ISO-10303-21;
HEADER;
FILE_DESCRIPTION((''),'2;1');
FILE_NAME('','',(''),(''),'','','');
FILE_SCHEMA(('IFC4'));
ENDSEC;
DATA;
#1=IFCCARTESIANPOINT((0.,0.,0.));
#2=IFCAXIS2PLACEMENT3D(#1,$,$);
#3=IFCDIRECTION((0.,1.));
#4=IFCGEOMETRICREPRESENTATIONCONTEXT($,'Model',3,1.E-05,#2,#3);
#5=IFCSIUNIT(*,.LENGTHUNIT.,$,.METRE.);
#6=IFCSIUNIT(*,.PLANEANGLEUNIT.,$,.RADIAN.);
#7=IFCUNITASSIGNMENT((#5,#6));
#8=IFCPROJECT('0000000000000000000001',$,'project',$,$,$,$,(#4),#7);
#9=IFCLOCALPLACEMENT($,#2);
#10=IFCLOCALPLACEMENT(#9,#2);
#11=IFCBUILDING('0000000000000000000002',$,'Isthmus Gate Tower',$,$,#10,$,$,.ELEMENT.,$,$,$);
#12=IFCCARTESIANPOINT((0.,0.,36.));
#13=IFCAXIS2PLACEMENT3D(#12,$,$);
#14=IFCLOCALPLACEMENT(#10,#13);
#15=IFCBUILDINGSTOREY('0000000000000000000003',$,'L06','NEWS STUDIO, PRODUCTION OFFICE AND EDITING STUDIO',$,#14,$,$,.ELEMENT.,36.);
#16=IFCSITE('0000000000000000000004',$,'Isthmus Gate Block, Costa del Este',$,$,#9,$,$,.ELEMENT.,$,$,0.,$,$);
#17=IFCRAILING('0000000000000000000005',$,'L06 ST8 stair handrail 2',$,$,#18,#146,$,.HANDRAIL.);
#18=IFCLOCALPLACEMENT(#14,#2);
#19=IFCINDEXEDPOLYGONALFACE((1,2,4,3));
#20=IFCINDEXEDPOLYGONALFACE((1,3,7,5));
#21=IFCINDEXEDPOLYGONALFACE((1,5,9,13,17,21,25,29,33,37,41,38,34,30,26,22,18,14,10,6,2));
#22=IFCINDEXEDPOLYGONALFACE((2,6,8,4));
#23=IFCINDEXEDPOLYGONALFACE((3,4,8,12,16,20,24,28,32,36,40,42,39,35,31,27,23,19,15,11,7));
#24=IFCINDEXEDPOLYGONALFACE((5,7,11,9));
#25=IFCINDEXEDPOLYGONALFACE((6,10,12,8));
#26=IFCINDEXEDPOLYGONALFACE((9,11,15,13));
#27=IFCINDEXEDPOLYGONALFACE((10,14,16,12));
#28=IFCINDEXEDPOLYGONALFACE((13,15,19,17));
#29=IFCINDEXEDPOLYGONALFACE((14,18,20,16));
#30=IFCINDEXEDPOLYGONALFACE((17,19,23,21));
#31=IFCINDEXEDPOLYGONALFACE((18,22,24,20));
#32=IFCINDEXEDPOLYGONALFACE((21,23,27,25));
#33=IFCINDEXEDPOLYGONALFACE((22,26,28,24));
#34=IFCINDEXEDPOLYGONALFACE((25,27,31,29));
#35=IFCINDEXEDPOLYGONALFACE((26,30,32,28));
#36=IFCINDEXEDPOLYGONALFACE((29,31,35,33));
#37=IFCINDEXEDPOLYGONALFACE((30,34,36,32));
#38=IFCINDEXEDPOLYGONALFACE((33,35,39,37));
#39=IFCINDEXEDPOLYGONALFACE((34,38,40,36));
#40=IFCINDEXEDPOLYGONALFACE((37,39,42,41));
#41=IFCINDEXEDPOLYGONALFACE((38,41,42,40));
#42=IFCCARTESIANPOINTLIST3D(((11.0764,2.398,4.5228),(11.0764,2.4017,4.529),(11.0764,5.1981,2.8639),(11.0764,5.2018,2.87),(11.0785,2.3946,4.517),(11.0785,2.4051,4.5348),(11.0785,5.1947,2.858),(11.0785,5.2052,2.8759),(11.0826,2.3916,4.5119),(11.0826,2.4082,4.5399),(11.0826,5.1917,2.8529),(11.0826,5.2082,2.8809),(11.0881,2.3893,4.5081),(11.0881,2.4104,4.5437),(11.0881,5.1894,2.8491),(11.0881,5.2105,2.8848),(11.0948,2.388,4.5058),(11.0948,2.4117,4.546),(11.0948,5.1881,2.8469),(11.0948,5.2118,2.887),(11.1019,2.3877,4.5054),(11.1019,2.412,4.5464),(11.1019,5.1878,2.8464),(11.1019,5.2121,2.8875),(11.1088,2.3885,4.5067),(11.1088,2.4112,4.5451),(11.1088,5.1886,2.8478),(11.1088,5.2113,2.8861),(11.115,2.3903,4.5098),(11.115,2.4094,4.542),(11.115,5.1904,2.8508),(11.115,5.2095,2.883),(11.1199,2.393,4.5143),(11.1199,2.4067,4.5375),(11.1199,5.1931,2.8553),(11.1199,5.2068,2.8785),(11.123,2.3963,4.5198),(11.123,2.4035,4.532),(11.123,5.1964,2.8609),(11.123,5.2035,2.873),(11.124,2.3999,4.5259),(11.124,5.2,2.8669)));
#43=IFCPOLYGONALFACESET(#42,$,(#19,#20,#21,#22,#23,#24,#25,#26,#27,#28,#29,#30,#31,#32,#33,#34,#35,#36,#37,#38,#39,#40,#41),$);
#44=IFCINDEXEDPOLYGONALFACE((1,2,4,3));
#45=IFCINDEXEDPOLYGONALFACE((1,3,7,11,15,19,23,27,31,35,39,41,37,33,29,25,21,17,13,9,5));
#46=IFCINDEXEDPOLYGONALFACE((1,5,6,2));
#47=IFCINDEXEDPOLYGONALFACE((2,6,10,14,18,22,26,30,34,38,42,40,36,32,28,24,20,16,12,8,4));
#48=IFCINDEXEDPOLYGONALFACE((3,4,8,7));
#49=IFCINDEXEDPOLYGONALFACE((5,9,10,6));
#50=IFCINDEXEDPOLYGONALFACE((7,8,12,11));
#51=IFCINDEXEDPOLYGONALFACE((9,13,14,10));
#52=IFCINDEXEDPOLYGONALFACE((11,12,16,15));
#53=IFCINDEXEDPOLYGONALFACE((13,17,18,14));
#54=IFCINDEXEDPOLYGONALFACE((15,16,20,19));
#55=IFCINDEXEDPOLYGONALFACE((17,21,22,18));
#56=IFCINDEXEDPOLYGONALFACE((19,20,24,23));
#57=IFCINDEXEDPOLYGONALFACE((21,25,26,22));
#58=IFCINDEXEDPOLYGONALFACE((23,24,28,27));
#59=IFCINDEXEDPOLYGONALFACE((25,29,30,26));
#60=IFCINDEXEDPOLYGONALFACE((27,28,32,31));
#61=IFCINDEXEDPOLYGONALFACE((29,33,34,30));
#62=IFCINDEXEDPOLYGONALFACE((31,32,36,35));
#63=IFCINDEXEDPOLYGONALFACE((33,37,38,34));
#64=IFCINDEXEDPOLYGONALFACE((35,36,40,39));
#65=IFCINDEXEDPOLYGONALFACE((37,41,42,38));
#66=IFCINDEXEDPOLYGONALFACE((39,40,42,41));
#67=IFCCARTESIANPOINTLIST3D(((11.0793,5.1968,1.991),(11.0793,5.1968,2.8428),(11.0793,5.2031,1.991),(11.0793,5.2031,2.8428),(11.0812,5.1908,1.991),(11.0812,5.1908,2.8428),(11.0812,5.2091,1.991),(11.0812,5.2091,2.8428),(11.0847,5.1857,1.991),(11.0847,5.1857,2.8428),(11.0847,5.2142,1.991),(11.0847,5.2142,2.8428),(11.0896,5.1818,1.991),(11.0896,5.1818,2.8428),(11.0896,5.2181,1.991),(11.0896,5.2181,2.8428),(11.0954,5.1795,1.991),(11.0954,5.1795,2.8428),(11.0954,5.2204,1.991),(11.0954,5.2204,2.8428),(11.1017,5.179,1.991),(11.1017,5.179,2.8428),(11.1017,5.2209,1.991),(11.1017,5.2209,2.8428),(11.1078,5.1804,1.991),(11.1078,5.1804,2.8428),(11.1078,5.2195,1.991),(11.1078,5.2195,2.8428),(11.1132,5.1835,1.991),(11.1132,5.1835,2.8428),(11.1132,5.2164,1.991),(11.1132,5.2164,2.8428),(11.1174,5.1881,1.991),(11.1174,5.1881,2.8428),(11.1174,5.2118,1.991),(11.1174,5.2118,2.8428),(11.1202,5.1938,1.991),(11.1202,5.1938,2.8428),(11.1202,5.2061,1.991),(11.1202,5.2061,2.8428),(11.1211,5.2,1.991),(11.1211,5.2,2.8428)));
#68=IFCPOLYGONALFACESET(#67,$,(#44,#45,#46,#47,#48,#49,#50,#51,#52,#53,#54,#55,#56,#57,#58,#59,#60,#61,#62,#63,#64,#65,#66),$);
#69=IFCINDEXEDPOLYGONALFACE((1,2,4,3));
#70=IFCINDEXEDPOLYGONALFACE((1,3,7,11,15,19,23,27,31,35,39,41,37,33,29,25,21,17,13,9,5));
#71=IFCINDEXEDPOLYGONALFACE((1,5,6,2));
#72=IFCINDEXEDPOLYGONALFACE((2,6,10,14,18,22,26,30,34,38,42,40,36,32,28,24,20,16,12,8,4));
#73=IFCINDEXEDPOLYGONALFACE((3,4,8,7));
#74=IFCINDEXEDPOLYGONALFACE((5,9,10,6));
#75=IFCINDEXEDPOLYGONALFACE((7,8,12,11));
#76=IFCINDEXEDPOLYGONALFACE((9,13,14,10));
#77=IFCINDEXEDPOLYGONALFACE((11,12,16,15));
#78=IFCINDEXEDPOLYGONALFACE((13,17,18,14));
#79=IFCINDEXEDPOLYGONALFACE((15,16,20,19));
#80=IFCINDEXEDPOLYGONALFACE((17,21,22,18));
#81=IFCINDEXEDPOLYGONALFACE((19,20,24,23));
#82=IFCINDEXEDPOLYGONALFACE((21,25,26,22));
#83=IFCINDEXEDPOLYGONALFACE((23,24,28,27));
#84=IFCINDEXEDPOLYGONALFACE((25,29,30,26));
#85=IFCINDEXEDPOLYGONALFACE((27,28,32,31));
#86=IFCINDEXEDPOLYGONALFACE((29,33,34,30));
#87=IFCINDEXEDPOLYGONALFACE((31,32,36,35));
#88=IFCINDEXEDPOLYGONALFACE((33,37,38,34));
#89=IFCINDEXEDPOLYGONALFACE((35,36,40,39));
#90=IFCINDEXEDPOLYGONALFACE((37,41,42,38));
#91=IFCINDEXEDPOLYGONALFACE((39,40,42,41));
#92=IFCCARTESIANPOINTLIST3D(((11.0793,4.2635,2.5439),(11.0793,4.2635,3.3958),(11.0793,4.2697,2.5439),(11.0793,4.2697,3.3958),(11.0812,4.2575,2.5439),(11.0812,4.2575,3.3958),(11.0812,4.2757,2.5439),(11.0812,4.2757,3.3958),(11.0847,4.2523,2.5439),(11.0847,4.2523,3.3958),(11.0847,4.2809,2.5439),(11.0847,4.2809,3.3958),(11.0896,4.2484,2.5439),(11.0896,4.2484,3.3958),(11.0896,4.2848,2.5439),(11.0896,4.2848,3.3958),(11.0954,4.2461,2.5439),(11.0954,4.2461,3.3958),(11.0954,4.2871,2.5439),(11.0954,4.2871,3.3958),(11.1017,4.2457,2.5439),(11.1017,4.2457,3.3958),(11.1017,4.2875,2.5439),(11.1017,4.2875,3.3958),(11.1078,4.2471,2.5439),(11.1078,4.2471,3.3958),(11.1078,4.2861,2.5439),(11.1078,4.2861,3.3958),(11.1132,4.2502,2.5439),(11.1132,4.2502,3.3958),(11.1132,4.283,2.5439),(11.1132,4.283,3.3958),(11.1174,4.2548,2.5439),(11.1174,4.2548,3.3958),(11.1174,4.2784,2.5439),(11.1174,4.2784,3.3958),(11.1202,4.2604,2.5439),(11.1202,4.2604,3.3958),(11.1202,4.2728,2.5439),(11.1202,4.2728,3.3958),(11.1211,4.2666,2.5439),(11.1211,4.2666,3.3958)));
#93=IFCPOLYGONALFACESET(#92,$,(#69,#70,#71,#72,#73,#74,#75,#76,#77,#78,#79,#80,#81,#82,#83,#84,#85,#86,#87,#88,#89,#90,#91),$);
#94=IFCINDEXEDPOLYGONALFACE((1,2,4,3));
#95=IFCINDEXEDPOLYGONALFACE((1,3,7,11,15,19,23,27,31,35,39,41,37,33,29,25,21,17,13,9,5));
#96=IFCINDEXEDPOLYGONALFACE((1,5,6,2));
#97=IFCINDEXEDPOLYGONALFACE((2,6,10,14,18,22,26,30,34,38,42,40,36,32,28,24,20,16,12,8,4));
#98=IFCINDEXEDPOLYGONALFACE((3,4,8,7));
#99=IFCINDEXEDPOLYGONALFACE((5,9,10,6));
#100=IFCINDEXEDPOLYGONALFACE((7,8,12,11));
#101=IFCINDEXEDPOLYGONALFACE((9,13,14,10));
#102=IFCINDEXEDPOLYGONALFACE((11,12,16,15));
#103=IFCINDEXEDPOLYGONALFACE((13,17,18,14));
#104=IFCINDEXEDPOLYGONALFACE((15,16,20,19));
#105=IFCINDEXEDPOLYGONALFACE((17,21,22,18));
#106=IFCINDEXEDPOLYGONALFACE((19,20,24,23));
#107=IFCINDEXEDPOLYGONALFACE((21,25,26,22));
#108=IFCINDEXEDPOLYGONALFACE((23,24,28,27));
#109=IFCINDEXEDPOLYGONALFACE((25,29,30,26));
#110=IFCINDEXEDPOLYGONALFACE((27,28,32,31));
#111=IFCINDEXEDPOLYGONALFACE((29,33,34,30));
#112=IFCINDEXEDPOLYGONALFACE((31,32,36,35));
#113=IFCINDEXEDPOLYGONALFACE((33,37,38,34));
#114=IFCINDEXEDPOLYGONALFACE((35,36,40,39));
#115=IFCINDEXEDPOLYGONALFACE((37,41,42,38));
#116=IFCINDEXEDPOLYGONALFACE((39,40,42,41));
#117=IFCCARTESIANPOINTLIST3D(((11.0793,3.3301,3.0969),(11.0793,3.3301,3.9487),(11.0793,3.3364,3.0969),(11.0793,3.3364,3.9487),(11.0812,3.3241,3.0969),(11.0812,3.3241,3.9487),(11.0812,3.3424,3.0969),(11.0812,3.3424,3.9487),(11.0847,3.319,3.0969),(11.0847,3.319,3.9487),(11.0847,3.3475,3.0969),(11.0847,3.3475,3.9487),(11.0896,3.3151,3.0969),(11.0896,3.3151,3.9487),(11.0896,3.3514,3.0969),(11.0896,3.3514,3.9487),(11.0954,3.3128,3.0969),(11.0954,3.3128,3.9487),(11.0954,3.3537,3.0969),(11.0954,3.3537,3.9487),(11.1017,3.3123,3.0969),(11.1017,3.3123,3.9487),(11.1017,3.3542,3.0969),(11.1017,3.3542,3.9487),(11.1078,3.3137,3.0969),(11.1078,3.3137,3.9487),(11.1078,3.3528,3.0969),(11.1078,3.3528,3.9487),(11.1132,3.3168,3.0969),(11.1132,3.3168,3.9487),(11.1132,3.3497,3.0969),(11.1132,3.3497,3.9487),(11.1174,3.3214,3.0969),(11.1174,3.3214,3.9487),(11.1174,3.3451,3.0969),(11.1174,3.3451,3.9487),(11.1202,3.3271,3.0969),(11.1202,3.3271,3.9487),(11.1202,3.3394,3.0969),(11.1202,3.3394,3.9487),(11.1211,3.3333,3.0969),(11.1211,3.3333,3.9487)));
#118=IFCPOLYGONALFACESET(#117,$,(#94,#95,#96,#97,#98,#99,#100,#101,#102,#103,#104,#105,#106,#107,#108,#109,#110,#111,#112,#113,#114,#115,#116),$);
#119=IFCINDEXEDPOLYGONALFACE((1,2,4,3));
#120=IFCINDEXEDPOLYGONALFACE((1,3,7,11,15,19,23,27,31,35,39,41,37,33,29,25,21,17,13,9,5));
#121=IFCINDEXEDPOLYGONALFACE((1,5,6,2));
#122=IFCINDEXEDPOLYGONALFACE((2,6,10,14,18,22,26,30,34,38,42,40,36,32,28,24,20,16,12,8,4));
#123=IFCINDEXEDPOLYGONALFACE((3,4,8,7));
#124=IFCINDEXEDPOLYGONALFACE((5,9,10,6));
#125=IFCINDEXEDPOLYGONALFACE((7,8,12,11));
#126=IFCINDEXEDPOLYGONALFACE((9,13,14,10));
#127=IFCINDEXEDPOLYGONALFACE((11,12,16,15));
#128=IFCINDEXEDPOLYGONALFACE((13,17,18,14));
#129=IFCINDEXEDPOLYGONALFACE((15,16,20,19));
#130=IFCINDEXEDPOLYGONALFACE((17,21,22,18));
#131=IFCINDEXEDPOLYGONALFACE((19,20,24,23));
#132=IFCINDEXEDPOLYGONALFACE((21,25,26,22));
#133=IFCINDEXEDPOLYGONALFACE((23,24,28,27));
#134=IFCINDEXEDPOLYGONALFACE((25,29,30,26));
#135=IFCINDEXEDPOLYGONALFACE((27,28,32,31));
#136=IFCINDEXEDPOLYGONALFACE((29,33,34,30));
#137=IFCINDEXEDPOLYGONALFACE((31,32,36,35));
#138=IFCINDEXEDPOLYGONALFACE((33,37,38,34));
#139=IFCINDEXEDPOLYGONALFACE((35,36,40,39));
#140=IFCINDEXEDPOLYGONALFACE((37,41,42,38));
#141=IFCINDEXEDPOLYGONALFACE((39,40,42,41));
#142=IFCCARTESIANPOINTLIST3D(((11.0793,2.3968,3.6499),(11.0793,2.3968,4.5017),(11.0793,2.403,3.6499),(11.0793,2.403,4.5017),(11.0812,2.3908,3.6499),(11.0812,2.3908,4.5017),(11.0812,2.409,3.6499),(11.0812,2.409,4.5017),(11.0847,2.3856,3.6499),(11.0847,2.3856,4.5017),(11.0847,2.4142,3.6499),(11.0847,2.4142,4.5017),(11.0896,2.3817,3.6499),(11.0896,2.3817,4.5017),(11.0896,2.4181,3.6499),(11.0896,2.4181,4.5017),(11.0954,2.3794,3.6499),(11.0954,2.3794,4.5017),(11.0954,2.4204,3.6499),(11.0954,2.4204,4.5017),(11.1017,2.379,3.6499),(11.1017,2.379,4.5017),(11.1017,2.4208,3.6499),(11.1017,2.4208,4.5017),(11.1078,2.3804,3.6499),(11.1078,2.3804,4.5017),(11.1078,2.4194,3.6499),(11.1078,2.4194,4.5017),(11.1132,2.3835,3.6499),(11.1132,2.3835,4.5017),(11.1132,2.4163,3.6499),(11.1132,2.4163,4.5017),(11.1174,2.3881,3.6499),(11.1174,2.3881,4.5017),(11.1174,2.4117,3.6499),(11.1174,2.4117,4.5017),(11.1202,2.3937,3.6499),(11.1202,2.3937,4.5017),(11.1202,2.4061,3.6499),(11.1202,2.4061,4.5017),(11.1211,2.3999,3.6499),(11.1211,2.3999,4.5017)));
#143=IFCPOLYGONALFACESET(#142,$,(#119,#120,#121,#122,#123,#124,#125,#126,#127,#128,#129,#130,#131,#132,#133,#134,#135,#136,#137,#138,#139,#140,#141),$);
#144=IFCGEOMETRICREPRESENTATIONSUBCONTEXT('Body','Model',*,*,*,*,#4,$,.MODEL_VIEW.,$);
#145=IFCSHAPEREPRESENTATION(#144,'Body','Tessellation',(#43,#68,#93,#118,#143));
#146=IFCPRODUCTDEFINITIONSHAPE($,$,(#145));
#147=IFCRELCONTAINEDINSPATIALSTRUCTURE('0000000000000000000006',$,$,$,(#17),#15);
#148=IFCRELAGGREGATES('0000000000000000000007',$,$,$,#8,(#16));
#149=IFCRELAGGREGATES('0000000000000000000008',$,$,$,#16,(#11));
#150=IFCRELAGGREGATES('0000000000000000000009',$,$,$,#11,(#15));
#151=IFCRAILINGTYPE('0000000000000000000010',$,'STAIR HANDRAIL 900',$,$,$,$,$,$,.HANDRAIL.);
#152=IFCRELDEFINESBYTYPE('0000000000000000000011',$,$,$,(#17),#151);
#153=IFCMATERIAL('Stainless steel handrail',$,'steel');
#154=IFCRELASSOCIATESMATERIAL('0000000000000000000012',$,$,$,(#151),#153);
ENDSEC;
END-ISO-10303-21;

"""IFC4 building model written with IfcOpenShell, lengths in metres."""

from ifc_helpers import new_model, si_unit, direction, frame, origin, origin_2d, place, context, subcontext, project, spatial, circle, extrude, material, type_object, element, save


model = new_model("IFC4")

# Units and contexts
model_context = context("Model", 3, precision=1e-05, world=origin(), true_north=direction((0.0, 1.0)))
body_context = subcontext(model_context, "Body", "Model", "MODEL_VIEW")
ifc_project = project(units=[si_unit("LENGTHUNIT", "METRE"), si_unit("PLANEANGLEUNIT", "RADIAN")], contexts=[model_context])

# Site, building, storey
site_placement = place(None, origin())
site = spatial("IfcSite", under=ifc_project, at=site_placement, Name="Isthmus Gate Block, Costa del Este", CompositionType="ELEMENT", RefElevation=0.0)
building_placement = place(site_placement, origin())
building = spatial("IfcBuilding", under=site, at=building_placement, Name="Isthmus Gate Tower", CompositionType="ELEMENT")
storey_placement = place(building_placement, frame((0.0, 0.0, 36.0)))
storey = spatial("IfcBuildingStorey", under=building, at=storey_placement, Name="L06", Description="NEWS STUDIO, PRODUCTION OFFICE AND EDITING STUDIO", CompositionType="ELEMENT", Elevation=36.0)

# Railing
ifc_material_1 = material(Name="Stainless steel handrail", Category="steel")
railing_type_1 = type_object("IfcRailingType", Name="STAIR HANDRAIL 900", PredefinedType="HANDRAIL", material=ifc_material_1)
railing_1_placement = place(storey_placement, frame((11.1001, 5.2, 1.991)))
element("IfcRailing", 1, at=railing_1_placement, inside=storey, type_object=railing_type_1, Name="L06 ST8 stair handrail 2", PredefinedType="HANDRAIL", context=body_context, shape_type="SweptSolid", body=[
    extrude(circle(Radius=0.0239, at=origin_2d()), frame((0.0, 0.0, 0.876), z_axis=(0.0, -0.860339, 0.509722), x_axis=(1.0, 0.0, 0.0)), (0.0, 0.0, 1.0), 3.2546),
    extrude(circle(Radius=0.021, at=origin_2d()), origin(), (0.0, 0.0, 1.0), 0.8518),
    extrude(circle(Radius=0.021, at=origin_2d()), frame((0.0, -0.9333, 0.553)), (0.0, 0.0, 1.0), 0.8518),
    extrude(circle(Radius=0.021, at=origin_2d()), frame((0.0, -1.8667, 1.106)), (0.0, 0.0, 1.0), 0.8518),
    extrude(circle(Radius=0.021, at=origin_2d()), frame((0.0, -2.8, 1.6589)), (0.0, 0.0, 1.0), 0.8518),
])

save(model, "model.ifc")
